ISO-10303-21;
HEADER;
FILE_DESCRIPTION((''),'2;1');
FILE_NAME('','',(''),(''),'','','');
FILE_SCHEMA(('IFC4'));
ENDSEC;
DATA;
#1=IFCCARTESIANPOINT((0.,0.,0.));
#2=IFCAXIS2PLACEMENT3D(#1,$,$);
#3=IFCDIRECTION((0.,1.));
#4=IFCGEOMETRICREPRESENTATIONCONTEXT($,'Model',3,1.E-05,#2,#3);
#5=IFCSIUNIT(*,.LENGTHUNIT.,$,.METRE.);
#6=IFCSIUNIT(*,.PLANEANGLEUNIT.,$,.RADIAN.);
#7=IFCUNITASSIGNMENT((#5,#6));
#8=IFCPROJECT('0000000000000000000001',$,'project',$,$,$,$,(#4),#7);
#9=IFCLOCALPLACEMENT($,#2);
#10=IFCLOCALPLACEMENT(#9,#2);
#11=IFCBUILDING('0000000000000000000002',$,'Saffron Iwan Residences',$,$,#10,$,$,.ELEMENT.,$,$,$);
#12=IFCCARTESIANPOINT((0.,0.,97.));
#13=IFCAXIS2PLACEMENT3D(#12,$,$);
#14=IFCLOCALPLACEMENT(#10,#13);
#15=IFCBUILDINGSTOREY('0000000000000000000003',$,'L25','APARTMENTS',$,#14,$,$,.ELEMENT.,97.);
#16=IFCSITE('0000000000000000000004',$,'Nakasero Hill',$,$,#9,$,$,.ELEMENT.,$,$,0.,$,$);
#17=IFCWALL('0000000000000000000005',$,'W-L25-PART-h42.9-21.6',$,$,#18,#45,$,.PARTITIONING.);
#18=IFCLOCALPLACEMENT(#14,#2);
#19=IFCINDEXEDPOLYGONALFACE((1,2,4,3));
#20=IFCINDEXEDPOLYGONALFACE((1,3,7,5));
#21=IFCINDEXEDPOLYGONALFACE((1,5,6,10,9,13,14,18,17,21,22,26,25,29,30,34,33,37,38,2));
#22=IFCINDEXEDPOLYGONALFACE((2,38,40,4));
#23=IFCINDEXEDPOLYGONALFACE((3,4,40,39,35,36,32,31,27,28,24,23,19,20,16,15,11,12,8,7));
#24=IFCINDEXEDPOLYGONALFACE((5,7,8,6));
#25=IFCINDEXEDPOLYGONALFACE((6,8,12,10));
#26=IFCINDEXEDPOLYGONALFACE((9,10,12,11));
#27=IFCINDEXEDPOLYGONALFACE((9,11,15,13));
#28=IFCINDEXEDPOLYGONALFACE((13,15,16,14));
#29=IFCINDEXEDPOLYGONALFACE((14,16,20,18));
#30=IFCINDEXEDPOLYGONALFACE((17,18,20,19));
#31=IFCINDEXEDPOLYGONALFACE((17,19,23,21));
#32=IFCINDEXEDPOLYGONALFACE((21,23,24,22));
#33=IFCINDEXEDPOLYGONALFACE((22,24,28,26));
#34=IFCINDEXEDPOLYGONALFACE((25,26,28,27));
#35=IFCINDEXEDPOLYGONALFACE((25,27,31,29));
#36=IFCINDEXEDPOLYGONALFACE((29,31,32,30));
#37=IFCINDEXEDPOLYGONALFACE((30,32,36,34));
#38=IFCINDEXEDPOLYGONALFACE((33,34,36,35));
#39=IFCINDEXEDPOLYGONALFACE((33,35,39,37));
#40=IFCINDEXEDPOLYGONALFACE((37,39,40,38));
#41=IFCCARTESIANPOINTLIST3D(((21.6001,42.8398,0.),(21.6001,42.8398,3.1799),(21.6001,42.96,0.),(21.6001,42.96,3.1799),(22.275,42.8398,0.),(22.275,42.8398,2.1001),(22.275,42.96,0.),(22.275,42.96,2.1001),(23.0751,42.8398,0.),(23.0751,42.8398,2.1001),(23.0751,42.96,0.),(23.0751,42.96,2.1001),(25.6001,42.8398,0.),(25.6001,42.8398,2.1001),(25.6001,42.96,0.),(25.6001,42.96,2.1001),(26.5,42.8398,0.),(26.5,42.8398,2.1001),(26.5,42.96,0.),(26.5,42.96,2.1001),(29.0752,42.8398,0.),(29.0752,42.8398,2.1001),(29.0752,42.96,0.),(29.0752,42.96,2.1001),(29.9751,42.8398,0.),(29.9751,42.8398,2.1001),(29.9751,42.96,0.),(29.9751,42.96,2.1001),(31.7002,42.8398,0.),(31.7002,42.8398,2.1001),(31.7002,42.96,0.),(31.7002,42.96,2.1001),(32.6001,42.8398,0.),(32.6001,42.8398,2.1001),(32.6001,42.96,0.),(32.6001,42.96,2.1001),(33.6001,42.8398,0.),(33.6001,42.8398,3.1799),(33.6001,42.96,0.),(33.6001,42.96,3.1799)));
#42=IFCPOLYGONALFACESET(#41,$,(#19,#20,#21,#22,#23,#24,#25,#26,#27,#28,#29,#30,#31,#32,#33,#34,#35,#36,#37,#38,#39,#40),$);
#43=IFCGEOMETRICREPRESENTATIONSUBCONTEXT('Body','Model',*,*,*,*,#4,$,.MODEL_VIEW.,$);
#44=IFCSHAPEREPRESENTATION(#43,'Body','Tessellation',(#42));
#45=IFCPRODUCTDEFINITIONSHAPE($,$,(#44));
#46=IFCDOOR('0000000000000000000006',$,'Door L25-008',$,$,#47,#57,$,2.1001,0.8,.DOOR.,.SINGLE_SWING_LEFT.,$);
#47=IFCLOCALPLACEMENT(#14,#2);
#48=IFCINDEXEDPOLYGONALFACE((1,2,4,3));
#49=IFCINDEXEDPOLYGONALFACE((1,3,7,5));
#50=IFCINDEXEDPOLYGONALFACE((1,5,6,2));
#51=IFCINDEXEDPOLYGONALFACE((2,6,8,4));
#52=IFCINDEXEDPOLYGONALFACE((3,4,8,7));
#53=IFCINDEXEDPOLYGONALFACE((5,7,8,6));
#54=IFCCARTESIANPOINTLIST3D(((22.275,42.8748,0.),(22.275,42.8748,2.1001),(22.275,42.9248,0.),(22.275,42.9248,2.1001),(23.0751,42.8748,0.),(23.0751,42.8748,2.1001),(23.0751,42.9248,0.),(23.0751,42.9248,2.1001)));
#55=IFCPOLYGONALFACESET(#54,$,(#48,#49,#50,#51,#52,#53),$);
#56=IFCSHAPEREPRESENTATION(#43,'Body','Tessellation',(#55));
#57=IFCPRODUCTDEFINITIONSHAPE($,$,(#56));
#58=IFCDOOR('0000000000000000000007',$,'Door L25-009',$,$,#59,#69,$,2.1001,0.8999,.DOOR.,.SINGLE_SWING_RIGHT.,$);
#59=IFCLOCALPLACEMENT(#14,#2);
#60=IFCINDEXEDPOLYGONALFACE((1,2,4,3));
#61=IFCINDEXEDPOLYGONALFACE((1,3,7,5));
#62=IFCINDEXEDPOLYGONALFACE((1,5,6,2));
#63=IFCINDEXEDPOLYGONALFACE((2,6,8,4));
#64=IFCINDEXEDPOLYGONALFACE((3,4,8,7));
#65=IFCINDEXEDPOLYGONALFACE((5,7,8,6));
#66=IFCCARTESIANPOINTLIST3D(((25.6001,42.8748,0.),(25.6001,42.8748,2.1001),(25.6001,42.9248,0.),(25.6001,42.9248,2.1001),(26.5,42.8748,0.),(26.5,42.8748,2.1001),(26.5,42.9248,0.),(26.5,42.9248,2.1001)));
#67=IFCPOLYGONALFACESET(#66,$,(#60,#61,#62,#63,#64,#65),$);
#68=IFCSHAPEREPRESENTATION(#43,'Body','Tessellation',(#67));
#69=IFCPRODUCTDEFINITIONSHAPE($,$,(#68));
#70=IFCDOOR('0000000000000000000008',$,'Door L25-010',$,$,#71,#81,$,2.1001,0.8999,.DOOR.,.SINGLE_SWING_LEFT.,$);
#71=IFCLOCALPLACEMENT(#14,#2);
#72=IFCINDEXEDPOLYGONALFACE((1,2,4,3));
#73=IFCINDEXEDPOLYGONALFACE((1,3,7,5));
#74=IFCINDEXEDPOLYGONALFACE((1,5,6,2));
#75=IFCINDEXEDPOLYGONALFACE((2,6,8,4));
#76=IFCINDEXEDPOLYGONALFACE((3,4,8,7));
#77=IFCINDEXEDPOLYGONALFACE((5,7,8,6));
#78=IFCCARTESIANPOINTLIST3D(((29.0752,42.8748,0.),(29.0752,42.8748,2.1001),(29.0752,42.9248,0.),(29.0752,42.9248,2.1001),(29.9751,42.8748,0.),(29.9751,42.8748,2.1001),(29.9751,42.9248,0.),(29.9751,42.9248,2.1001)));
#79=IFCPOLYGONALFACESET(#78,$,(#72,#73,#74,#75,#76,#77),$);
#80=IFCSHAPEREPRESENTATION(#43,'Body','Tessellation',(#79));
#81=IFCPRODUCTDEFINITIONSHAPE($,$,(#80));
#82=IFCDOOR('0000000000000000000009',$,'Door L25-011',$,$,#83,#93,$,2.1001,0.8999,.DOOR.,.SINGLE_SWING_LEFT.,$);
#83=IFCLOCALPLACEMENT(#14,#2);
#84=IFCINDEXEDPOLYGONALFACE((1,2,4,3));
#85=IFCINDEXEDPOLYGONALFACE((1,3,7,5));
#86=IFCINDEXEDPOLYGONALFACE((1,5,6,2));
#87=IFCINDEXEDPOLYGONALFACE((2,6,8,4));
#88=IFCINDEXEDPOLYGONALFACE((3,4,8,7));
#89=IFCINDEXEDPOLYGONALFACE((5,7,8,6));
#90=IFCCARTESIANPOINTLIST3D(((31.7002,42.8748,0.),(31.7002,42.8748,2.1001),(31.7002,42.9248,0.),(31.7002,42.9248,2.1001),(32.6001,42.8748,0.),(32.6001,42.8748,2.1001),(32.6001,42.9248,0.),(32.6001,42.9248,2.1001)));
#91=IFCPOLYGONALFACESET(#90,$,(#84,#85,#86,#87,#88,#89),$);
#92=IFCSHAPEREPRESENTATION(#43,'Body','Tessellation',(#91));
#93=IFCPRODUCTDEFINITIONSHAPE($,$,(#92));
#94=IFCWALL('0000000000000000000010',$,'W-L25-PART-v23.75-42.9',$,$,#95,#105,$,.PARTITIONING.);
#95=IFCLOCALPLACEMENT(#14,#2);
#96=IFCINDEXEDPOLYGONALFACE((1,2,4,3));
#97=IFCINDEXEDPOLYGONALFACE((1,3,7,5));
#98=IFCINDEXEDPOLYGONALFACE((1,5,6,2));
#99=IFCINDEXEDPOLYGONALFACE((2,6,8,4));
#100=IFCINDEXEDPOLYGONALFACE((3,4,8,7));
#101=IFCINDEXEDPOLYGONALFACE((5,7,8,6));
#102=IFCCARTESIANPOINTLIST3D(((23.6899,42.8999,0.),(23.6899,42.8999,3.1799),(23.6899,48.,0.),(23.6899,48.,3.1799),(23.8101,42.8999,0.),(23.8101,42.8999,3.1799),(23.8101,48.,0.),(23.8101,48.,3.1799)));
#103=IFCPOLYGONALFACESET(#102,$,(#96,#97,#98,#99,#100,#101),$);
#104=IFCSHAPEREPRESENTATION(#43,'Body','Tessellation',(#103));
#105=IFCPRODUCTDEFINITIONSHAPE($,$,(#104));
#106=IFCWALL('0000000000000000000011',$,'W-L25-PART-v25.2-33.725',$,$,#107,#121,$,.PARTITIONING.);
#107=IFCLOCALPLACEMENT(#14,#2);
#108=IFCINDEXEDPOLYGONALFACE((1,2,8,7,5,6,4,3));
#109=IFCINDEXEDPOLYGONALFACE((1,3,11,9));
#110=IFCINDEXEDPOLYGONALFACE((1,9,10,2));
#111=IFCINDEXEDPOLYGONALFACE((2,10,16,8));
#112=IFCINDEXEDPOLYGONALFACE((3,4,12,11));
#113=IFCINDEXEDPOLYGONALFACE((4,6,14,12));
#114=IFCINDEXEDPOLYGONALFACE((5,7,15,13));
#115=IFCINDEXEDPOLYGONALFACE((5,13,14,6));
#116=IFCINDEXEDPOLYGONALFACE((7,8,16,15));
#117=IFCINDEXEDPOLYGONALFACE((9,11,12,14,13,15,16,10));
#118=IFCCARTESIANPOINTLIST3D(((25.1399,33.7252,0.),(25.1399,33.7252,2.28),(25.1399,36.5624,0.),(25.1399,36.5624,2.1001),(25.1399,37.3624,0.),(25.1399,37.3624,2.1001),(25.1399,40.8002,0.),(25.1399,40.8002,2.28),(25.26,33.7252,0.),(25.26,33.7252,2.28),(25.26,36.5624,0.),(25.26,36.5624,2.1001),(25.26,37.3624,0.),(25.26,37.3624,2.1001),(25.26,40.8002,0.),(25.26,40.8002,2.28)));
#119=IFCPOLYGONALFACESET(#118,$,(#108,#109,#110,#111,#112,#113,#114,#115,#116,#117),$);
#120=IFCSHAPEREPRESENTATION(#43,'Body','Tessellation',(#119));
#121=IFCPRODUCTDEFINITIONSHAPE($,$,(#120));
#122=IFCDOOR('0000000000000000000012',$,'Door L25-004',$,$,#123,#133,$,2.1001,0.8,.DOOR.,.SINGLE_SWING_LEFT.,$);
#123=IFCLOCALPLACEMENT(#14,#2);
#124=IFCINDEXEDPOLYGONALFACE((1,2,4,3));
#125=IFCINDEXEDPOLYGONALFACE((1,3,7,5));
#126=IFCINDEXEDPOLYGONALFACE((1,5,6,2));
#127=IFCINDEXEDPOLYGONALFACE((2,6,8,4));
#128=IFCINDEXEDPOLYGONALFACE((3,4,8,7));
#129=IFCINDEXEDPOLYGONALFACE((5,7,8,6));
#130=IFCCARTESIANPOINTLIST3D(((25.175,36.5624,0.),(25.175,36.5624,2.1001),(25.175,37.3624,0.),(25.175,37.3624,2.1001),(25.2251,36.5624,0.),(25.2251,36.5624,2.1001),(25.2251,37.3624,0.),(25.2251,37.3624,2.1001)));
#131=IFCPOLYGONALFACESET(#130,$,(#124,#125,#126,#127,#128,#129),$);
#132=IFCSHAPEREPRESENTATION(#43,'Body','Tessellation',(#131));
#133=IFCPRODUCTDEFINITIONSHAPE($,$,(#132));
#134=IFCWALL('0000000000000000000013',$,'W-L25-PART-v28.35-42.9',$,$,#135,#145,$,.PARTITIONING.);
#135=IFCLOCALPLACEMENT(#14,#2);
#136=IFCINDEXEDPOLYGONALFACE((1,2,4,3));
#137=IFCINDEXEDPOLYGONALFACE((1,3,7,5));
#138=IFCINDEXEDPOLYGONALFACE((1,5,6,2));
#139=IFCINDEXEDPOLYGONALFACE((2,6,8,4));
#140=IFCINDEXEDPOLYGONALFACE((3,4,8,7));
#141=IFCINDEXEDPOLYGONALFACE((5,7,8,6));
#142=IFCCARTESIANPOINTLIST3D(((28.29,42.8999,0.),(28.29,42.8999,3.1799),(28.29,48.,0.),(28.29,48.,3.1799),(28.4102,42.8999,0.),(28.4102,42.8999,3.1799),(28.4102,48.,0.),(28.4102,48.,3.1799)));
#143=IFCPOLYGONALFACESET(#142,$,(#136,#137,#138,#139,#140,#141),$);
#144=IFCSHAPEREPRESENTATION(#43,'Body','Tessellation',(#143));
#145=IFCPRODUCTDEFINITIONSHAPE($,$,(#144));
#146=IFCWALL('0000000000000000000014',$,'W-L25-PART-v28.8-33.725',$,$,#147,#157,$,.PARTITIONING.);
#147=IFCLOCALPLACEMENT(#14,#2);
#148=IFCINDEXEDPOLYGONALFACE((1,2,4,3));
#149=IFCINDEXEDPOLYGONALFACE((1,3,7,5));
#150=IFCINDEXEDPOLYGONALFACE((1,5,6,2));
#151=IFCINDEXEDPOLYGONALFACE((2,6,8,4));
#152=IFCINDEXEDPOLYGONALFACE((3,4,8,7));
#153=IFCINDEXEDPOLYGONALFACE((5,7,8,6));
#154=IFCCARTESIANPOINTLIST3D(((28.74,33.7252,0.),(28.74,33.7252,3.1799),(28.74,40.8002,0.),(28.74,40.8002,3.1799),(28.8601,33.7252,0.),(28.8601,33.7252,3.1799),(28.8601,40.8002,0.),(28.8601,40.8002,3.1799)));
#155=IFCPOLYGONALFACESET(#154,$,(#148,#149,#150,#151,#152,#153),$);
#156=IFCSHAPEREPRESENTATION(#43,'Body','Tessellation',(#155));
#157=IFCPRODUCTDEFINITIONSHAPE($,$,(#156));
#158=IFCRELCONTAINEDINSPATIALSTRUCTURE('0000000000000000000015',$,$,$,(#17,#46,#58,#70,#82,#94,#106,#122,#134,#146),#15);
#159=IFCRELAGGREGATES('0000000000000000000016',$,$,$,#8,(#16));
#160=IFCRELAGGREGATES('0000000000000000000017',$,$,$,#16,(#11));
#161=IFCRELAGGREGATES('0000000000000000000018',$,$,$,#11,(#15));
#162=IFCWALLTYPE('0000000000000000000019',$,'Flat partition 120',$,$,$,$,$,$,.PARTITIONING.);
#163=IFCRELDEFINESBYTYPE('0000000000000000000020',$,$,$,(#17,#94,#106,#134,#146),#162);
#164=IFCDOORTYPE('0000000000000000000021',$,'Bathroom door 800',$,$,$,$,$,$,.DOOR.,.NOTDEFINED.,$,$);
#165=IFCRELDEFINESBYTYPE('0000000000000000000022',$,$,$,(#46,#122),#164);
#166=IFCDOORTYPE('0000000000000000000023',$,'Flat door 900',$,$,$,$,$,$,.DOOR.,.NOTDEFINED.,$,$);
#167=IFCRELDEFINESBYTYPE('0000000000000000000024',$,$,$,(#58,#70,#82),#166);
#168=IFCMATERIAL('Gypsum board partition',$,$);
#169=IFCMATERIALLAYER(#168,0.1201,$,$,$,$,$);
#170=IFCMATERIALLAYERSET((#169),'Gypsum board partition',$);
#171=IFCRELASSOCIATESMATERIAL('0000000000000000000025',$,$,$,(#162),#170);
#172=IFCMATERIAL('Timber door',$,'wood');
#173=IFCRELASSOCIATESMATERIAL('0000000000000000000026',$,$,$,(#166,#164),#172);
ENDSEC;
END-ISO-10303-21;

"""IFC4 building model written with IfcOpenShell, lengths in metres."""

from ifc_helpers import new_model, si_unit, direction, frame, frame_2d, origin, place, context, subcontext, project, spatial, rectangle, extrude, material, layer, layer_set, type_object, element, fill, save


model = new_model("IFC4")

# Units and contexts
model_context = context("Model", 3, precision=1e-05, world=origin(), true_north=direction((0.0, 1.0)))
body_context = subcontext(model_context, "Body", "Model", "MODEL_VIEW")
ifc_project = project(units=[si_unit("LENGTHUNIT", "METRE"), si_unit("PLANEANGLEUNIT", "RADIAN")], contexts=[model_context])

# Site, building, storey
site_placement = place(None, origin())
site = spatial("IfcSite", under=ifc_project, at=site_placement, Name="Nakasero Hill", CompositionType="ELEMENT", RefElevation=0.0)
building_placement = place(site_placement, origin())
building = spatial("IfcBuilding", under=site, at=building_placement, Name="Saffron Iwan Residences", CompositionType="ELEMENT")
storey_placement = place(building_placement, frame((0.0, 0.0, 97.0)))
storey = spatial("IfcBuildingStorey", under=building, at=storey_placement, Name="L25", Description="APARTMENTS", CompositionType="ELEMENT", Elevation=97.0)

# Shared definitions
ifc_material_1 = material(Name="Gypsum board partition")
ifc_layer_1 = layer(ifc_material_1, 0.1201)
ifc_layer_set_1 = layer_set([ifc_layer_1], Name="Gypsum board partition")
wall_type_1 = type_object("IfcWallType", Name="Flat partition 120", PredefinedType="PARTITIONING", material=ifc_layer_set_1)

# Shared definitions
ifc_material_2 = material(Name="Timber door", Category="wood")
door_type_1 = type_object("IfcDoorType", Name="Flat door 900", OperationType="NOTDEFINED", PredefinedType="DOOR", material=ifc_material_2)

# Wall, openings, doors
wall_1_placement = place(storey_placement, frame((21.6001, 42.8999, 0.0), z_axis=(0.0, 0.0, 1.0), x_axis=(1.0, 0.0, 0.0)))
wall_1 = element("IfcWall", 1, at=wall_1_placement, inside=storey, type_object=wall_type_1, Name="W-L25-PART-h42.9-21.6", PredefinedType="PARTITIONING", context=body_context, shape_type="SweptSolid", body=[
    extrude(rectangle(XDim=12.0, YDim=0.1201, at=frame_2d((6.0, 0.0))), origin(), (0.0, 0.0, 1.0), 3.1799),
])
opening_1_placement = place(wall_1_placement, frame((0.675, 0.0, 0.0)))
opening_1 = element("IfcOpeningElement", 2, at=opening_1_placement, cuts=wall_1, PredefinedType="OPENING", context=body_context, shape_type="SweptSolid", body=[
    extrude(rectangle(XDim=0.8, YDim=2.1001, at=frame_2d((0.3999, 1.05))), frame((0.0, 0.0701, 0.0), z_axis=(0.0, -1.0, 0.0), x_axis=(1.0, 0.0, 0.0)), (0.0, 0.0, 1.0), 0.1401),
])
opening_2_placement = place(wall_1_placement, frame((4.0, 0.0, 0.0)))
opening_2 = element("IfcOpeningElement", 3, at=opening_2_placement, cuts=wall_1, PredefinedType="OPENING", context=body_context, shape_type="SweptSolid", body=[
    extrude(rectangle(XDim=0.8999, YDim=2.1001, at=frame_2d((0.45, 1.05))), frame((0.0, 0.0701, 0.0), z_axis=(0.0, -1.0, 0.0), x_axis=(1.0, 0.0, 0.0)), (0.0, 0.0, 1.0), 0.1401),
])
opening_3_placement = place(wall_1_placement, frame((7.4751, 0.0, 0.0)))
opening_3 = element("IfcOpeningElement", 4, at=opening_3_placement, cuts=wall_1, PredefinedType="OPENING", context=body_context, shape_type="SweptSolid", body=[
    extrude(rectangle(XDim=0.8999, YDim=2.1001, at=frame_2d((0.45, 1.05))), frame((0.0, 0.0701, 0.0), z_axis=(0.0, -1.0, 0.0), x_axis=(1.0, 0.0, 0.0)), (0.0, 0.0, 1.0), 0.1401),
])
opening_4_placement = place(wall_1_placement, frame((10.1001, 0.0, 0.0)))
opening_4 = element("IfcOpeningElement", 5, at=opening_4_placement, cuts=wall_1, PredefinedType="OPENING", context=body_context, shape_type="SweptSolid", body=[
    extrude(rectangle(XDim=0.8999, YDim=2.1001, at=frame_2d((0.45, 1.05))), frame((0.0, 0.0701, 0.0), z_axis=(0.0, -1.0, 0.0), x_axis=(1.0, 0.0, 0.0)), (0.0, 0.0, 1.0), 0.1401),
])
door_type_2 = type_object("IfcDoorType", Name="Bathroom door 800", OperationType="NOTDEFINED", PredefinedType="DOOR", material=ifc_material_2)
door_1_placement = place(opening_1_placement, origin())
door_1 = element("IfcDoor", 6, at=door_1_placement, inside=storey, type_object=door_type_2, Name="Door L25-008", OperationType="SINGLE_SWING_LEFT", OverallHeight=2.1001, OverallWidth=0.8, PredefinedType="DOOR", context=body_context, shape_type="SweptSolid", body=[
    extrude(rectangle(XDim=0.8, YDim=2.1001, at=frame_2d((0.3999, 1.05))), frame((0.0, 0.0249, 0.0), z_axis=(0.0, -1.0, 0.0), x_axis=(1.0, 0.0, 0.0)), (0.0, 0.0, 1.0), 0.05),
])
fill(opening_1, door_1)
door_2_placement = place(opening_2_placement, origin())
door_2 = element("IfcDoor", 7, at=door_2_placement, inside=storey, type_object=door_type_1, Name="Door L25-009", OperationType="SINGLE_SWING_RIGHT", OverallHeight=2.1001, OverallWidth=0.8999, PredefinedType="DOOR", context=body_context, shape_type="SweptSolid", body=[
    extrude(rectangle(XDim=0.8999, YDim=2.1001, at=frame_2d((0.45, 1.05))), frame((0.0, 0.0249, 0.0), z_axis=(0.0, -1.0, 0.0), x_axis=(1.0, 0.0, 0.0)), (0.0, 0.0, 1.0), 0.05),
])
fill(opening_2, door_2)
door_3_placement = place(opening_3_placement, origin())
door_3 = element("IfcDoor", 8, at=door_3_placement, inside=storey, type_object=door_type_1, Name="Door L25-010", OperationType="SINGLE_SWING_LEFT", OverallHeight=2.1001, OverallWidth=0.8999, PredefinedType="DOOR", context=body_context, shape_type="SweptSolid", body=[
    extrude(rectangle(XDim=0.8999, YDim=2.1001, at=frame_2d((0.45, 1.05))), frame((0.0, 0.0249, 0.0), z_axis=(0.0, -1.0, 0.0), x_axis=(1.0, 0.0, 0.0)), (0.0, 0.0, 1.0), 0.05),
])
fill(opening_3, door_3)
door_4_placement = place(opening_4_placement, origin())
door_4 = element("IfcDoor", 9, at=door_4_placement, inside=storey, type_object=door_type_1, Name="Door L25-011", OperationType="SINGLE_SWING_LEFT", OverallHeight=2.1001, OverallWidth=0.8999, PredefinedType="DOOR", context=body_context, shape_type="SweptSolid", body=[
    extrude(rectangle(XDim=0.8999, YDim=2.1001, at=frame_2d((0.45, 1.05))), frame((0.0, 0.0249, 0.0), z_axis=(0.0, -1.0, 0.0), x_axis=(1.0, 0.0, 0.0)), (0.0, 0.0, 1.0), 0.05),
])
fill(opening_4, door_4)

# Wall
wall_2_placement = place(storey_placement, frame((23.75, 42.8999, 0.0), z_axis=(0.0, 0.0, 1.0), x_axis=(0.0, 1.0, 0.0)))
element("IfcWall", 10, at=wall_2_placement, inside=storey, type_object=wall_type_1, Name="W-L25-PART-v23.75-42.9", PredefinedType="PARTITIONING", context=body_context, shape_type="SweptSolid", body=[
    extrude(rectangle(XDim=5.1001, YDim=0.1201, at=frame_2d((2.55, 0.0))), origin(), (0.0, 0.0, 1.0), 3.1799),
])

# Wall, opening, door
wall_3_placement = place(storey_placement, frame((25.2, 33.7251, 0.0), z_axis=(0.0, 0.0, 1.0), x_axis=(0.0, 1.0, 0.0)))
wall_3 = element("IfcWall", 11, at=wall_3_placement, inside=storey, type_object=wall_type_1, Name="W-L25-PART-v25.2-33.725", PredefinedType="PARTITIONING", context=body_context, shape_type="SweptSolid", body=[
    extrude(rectangle(XDim=7.075, YDim=0.1201, at=frame_2d((3.5376, 0.0))), origin(), (0.0, 0.0, 1.0), 2.28),
])
opening_5_placement = place(wall_3_placement, frame((2.8374, 0.0, 0.0)))
opening_5 = element("IfcOpeningElement", 12, at=opening_5_placement, cuts=wall_3, PredefinedType="OPENING", context=body_context, shape_type="SweptSolid", body=[
    extrude(rectangle(XDim=0.8, YDim=2.1001, at=frame_2d((0.3999, 1.05))), frame((0.0, 0.0701, 0.0), z_axis=(0.0, -1.0, 0.0), x_axis=(1.0, 0.0, 0.0)), (0.0, 0.0, 1.0), 0.1401),
])
door_5_placement = place(opening_5_placement, origin())
door_5 = element("IfcDoor", 13, at=door_5_placement, inside=storey, type_object=door_type_2, Name="Door L25-004", OperationType="SINGLE_SWING_LEFT", OverallHeight=2.1001, OverallWidth=0.8, PredefinedType="DOOR", context=body_context, shape_type="SweptSolid", body=[
    extrude(rectangle(XDim=0.8, YDim=2.1001, at=frame_2d((0.3999, 1.05))), frame((0.0, 0.0249, 0.0), z_axis=(0.0, -1.0, 0.0), x_axis=(1.0, 0.0, 0.0)), (0.0, 0.0, 1.0), 0.05),
])
fill(opening_5, door_5)

# Walls
wall_4_placement = place(storey_placement, frame((28.3501, 42.8999, 0.0), z_axis=(0.0, 0.0, 1.0), x_axis=(0.0, 1.0, 0.0)))
element("IfcWall", 14, at=wall_4_placement, inside=storey, type_object=wall_type_1, Name="W-L25-PART-v28.35-42.9", PredefinedType="PARTITIONING", context=body_context, shape_type="SweptSolid", body=[
    extrude(rectangle(XDim=5.1001, YDim=0.1201, at=frame_2d((2.55, 0.0))), origin(), (0.0, 0.0, 1.0), 3.1799),
])
wall_5_placement = place(storey_placement, frame((28.8, 33.7251, 0.0), z_axis=(0.0, 0.0, 1.0), x_axis=(0.0, 1.0, 0.0)))
element("IfcWall", 15, at=wall_5_placement, inside=storey, type_object=wall_type_1, Name="W-L25-PART-v28.8-33.725", PredefinedType="PARTITIONING", context=body_context, shape_type="SweptSolid", body=[
    extrude(rectangle(XDim=7.075, YDim=0.1201, at=frame_2d((3.5376, 0.0))), origin(), (0.0, 0.0, 1.0), 3.1799),
])

save(model, "model.ifc")
